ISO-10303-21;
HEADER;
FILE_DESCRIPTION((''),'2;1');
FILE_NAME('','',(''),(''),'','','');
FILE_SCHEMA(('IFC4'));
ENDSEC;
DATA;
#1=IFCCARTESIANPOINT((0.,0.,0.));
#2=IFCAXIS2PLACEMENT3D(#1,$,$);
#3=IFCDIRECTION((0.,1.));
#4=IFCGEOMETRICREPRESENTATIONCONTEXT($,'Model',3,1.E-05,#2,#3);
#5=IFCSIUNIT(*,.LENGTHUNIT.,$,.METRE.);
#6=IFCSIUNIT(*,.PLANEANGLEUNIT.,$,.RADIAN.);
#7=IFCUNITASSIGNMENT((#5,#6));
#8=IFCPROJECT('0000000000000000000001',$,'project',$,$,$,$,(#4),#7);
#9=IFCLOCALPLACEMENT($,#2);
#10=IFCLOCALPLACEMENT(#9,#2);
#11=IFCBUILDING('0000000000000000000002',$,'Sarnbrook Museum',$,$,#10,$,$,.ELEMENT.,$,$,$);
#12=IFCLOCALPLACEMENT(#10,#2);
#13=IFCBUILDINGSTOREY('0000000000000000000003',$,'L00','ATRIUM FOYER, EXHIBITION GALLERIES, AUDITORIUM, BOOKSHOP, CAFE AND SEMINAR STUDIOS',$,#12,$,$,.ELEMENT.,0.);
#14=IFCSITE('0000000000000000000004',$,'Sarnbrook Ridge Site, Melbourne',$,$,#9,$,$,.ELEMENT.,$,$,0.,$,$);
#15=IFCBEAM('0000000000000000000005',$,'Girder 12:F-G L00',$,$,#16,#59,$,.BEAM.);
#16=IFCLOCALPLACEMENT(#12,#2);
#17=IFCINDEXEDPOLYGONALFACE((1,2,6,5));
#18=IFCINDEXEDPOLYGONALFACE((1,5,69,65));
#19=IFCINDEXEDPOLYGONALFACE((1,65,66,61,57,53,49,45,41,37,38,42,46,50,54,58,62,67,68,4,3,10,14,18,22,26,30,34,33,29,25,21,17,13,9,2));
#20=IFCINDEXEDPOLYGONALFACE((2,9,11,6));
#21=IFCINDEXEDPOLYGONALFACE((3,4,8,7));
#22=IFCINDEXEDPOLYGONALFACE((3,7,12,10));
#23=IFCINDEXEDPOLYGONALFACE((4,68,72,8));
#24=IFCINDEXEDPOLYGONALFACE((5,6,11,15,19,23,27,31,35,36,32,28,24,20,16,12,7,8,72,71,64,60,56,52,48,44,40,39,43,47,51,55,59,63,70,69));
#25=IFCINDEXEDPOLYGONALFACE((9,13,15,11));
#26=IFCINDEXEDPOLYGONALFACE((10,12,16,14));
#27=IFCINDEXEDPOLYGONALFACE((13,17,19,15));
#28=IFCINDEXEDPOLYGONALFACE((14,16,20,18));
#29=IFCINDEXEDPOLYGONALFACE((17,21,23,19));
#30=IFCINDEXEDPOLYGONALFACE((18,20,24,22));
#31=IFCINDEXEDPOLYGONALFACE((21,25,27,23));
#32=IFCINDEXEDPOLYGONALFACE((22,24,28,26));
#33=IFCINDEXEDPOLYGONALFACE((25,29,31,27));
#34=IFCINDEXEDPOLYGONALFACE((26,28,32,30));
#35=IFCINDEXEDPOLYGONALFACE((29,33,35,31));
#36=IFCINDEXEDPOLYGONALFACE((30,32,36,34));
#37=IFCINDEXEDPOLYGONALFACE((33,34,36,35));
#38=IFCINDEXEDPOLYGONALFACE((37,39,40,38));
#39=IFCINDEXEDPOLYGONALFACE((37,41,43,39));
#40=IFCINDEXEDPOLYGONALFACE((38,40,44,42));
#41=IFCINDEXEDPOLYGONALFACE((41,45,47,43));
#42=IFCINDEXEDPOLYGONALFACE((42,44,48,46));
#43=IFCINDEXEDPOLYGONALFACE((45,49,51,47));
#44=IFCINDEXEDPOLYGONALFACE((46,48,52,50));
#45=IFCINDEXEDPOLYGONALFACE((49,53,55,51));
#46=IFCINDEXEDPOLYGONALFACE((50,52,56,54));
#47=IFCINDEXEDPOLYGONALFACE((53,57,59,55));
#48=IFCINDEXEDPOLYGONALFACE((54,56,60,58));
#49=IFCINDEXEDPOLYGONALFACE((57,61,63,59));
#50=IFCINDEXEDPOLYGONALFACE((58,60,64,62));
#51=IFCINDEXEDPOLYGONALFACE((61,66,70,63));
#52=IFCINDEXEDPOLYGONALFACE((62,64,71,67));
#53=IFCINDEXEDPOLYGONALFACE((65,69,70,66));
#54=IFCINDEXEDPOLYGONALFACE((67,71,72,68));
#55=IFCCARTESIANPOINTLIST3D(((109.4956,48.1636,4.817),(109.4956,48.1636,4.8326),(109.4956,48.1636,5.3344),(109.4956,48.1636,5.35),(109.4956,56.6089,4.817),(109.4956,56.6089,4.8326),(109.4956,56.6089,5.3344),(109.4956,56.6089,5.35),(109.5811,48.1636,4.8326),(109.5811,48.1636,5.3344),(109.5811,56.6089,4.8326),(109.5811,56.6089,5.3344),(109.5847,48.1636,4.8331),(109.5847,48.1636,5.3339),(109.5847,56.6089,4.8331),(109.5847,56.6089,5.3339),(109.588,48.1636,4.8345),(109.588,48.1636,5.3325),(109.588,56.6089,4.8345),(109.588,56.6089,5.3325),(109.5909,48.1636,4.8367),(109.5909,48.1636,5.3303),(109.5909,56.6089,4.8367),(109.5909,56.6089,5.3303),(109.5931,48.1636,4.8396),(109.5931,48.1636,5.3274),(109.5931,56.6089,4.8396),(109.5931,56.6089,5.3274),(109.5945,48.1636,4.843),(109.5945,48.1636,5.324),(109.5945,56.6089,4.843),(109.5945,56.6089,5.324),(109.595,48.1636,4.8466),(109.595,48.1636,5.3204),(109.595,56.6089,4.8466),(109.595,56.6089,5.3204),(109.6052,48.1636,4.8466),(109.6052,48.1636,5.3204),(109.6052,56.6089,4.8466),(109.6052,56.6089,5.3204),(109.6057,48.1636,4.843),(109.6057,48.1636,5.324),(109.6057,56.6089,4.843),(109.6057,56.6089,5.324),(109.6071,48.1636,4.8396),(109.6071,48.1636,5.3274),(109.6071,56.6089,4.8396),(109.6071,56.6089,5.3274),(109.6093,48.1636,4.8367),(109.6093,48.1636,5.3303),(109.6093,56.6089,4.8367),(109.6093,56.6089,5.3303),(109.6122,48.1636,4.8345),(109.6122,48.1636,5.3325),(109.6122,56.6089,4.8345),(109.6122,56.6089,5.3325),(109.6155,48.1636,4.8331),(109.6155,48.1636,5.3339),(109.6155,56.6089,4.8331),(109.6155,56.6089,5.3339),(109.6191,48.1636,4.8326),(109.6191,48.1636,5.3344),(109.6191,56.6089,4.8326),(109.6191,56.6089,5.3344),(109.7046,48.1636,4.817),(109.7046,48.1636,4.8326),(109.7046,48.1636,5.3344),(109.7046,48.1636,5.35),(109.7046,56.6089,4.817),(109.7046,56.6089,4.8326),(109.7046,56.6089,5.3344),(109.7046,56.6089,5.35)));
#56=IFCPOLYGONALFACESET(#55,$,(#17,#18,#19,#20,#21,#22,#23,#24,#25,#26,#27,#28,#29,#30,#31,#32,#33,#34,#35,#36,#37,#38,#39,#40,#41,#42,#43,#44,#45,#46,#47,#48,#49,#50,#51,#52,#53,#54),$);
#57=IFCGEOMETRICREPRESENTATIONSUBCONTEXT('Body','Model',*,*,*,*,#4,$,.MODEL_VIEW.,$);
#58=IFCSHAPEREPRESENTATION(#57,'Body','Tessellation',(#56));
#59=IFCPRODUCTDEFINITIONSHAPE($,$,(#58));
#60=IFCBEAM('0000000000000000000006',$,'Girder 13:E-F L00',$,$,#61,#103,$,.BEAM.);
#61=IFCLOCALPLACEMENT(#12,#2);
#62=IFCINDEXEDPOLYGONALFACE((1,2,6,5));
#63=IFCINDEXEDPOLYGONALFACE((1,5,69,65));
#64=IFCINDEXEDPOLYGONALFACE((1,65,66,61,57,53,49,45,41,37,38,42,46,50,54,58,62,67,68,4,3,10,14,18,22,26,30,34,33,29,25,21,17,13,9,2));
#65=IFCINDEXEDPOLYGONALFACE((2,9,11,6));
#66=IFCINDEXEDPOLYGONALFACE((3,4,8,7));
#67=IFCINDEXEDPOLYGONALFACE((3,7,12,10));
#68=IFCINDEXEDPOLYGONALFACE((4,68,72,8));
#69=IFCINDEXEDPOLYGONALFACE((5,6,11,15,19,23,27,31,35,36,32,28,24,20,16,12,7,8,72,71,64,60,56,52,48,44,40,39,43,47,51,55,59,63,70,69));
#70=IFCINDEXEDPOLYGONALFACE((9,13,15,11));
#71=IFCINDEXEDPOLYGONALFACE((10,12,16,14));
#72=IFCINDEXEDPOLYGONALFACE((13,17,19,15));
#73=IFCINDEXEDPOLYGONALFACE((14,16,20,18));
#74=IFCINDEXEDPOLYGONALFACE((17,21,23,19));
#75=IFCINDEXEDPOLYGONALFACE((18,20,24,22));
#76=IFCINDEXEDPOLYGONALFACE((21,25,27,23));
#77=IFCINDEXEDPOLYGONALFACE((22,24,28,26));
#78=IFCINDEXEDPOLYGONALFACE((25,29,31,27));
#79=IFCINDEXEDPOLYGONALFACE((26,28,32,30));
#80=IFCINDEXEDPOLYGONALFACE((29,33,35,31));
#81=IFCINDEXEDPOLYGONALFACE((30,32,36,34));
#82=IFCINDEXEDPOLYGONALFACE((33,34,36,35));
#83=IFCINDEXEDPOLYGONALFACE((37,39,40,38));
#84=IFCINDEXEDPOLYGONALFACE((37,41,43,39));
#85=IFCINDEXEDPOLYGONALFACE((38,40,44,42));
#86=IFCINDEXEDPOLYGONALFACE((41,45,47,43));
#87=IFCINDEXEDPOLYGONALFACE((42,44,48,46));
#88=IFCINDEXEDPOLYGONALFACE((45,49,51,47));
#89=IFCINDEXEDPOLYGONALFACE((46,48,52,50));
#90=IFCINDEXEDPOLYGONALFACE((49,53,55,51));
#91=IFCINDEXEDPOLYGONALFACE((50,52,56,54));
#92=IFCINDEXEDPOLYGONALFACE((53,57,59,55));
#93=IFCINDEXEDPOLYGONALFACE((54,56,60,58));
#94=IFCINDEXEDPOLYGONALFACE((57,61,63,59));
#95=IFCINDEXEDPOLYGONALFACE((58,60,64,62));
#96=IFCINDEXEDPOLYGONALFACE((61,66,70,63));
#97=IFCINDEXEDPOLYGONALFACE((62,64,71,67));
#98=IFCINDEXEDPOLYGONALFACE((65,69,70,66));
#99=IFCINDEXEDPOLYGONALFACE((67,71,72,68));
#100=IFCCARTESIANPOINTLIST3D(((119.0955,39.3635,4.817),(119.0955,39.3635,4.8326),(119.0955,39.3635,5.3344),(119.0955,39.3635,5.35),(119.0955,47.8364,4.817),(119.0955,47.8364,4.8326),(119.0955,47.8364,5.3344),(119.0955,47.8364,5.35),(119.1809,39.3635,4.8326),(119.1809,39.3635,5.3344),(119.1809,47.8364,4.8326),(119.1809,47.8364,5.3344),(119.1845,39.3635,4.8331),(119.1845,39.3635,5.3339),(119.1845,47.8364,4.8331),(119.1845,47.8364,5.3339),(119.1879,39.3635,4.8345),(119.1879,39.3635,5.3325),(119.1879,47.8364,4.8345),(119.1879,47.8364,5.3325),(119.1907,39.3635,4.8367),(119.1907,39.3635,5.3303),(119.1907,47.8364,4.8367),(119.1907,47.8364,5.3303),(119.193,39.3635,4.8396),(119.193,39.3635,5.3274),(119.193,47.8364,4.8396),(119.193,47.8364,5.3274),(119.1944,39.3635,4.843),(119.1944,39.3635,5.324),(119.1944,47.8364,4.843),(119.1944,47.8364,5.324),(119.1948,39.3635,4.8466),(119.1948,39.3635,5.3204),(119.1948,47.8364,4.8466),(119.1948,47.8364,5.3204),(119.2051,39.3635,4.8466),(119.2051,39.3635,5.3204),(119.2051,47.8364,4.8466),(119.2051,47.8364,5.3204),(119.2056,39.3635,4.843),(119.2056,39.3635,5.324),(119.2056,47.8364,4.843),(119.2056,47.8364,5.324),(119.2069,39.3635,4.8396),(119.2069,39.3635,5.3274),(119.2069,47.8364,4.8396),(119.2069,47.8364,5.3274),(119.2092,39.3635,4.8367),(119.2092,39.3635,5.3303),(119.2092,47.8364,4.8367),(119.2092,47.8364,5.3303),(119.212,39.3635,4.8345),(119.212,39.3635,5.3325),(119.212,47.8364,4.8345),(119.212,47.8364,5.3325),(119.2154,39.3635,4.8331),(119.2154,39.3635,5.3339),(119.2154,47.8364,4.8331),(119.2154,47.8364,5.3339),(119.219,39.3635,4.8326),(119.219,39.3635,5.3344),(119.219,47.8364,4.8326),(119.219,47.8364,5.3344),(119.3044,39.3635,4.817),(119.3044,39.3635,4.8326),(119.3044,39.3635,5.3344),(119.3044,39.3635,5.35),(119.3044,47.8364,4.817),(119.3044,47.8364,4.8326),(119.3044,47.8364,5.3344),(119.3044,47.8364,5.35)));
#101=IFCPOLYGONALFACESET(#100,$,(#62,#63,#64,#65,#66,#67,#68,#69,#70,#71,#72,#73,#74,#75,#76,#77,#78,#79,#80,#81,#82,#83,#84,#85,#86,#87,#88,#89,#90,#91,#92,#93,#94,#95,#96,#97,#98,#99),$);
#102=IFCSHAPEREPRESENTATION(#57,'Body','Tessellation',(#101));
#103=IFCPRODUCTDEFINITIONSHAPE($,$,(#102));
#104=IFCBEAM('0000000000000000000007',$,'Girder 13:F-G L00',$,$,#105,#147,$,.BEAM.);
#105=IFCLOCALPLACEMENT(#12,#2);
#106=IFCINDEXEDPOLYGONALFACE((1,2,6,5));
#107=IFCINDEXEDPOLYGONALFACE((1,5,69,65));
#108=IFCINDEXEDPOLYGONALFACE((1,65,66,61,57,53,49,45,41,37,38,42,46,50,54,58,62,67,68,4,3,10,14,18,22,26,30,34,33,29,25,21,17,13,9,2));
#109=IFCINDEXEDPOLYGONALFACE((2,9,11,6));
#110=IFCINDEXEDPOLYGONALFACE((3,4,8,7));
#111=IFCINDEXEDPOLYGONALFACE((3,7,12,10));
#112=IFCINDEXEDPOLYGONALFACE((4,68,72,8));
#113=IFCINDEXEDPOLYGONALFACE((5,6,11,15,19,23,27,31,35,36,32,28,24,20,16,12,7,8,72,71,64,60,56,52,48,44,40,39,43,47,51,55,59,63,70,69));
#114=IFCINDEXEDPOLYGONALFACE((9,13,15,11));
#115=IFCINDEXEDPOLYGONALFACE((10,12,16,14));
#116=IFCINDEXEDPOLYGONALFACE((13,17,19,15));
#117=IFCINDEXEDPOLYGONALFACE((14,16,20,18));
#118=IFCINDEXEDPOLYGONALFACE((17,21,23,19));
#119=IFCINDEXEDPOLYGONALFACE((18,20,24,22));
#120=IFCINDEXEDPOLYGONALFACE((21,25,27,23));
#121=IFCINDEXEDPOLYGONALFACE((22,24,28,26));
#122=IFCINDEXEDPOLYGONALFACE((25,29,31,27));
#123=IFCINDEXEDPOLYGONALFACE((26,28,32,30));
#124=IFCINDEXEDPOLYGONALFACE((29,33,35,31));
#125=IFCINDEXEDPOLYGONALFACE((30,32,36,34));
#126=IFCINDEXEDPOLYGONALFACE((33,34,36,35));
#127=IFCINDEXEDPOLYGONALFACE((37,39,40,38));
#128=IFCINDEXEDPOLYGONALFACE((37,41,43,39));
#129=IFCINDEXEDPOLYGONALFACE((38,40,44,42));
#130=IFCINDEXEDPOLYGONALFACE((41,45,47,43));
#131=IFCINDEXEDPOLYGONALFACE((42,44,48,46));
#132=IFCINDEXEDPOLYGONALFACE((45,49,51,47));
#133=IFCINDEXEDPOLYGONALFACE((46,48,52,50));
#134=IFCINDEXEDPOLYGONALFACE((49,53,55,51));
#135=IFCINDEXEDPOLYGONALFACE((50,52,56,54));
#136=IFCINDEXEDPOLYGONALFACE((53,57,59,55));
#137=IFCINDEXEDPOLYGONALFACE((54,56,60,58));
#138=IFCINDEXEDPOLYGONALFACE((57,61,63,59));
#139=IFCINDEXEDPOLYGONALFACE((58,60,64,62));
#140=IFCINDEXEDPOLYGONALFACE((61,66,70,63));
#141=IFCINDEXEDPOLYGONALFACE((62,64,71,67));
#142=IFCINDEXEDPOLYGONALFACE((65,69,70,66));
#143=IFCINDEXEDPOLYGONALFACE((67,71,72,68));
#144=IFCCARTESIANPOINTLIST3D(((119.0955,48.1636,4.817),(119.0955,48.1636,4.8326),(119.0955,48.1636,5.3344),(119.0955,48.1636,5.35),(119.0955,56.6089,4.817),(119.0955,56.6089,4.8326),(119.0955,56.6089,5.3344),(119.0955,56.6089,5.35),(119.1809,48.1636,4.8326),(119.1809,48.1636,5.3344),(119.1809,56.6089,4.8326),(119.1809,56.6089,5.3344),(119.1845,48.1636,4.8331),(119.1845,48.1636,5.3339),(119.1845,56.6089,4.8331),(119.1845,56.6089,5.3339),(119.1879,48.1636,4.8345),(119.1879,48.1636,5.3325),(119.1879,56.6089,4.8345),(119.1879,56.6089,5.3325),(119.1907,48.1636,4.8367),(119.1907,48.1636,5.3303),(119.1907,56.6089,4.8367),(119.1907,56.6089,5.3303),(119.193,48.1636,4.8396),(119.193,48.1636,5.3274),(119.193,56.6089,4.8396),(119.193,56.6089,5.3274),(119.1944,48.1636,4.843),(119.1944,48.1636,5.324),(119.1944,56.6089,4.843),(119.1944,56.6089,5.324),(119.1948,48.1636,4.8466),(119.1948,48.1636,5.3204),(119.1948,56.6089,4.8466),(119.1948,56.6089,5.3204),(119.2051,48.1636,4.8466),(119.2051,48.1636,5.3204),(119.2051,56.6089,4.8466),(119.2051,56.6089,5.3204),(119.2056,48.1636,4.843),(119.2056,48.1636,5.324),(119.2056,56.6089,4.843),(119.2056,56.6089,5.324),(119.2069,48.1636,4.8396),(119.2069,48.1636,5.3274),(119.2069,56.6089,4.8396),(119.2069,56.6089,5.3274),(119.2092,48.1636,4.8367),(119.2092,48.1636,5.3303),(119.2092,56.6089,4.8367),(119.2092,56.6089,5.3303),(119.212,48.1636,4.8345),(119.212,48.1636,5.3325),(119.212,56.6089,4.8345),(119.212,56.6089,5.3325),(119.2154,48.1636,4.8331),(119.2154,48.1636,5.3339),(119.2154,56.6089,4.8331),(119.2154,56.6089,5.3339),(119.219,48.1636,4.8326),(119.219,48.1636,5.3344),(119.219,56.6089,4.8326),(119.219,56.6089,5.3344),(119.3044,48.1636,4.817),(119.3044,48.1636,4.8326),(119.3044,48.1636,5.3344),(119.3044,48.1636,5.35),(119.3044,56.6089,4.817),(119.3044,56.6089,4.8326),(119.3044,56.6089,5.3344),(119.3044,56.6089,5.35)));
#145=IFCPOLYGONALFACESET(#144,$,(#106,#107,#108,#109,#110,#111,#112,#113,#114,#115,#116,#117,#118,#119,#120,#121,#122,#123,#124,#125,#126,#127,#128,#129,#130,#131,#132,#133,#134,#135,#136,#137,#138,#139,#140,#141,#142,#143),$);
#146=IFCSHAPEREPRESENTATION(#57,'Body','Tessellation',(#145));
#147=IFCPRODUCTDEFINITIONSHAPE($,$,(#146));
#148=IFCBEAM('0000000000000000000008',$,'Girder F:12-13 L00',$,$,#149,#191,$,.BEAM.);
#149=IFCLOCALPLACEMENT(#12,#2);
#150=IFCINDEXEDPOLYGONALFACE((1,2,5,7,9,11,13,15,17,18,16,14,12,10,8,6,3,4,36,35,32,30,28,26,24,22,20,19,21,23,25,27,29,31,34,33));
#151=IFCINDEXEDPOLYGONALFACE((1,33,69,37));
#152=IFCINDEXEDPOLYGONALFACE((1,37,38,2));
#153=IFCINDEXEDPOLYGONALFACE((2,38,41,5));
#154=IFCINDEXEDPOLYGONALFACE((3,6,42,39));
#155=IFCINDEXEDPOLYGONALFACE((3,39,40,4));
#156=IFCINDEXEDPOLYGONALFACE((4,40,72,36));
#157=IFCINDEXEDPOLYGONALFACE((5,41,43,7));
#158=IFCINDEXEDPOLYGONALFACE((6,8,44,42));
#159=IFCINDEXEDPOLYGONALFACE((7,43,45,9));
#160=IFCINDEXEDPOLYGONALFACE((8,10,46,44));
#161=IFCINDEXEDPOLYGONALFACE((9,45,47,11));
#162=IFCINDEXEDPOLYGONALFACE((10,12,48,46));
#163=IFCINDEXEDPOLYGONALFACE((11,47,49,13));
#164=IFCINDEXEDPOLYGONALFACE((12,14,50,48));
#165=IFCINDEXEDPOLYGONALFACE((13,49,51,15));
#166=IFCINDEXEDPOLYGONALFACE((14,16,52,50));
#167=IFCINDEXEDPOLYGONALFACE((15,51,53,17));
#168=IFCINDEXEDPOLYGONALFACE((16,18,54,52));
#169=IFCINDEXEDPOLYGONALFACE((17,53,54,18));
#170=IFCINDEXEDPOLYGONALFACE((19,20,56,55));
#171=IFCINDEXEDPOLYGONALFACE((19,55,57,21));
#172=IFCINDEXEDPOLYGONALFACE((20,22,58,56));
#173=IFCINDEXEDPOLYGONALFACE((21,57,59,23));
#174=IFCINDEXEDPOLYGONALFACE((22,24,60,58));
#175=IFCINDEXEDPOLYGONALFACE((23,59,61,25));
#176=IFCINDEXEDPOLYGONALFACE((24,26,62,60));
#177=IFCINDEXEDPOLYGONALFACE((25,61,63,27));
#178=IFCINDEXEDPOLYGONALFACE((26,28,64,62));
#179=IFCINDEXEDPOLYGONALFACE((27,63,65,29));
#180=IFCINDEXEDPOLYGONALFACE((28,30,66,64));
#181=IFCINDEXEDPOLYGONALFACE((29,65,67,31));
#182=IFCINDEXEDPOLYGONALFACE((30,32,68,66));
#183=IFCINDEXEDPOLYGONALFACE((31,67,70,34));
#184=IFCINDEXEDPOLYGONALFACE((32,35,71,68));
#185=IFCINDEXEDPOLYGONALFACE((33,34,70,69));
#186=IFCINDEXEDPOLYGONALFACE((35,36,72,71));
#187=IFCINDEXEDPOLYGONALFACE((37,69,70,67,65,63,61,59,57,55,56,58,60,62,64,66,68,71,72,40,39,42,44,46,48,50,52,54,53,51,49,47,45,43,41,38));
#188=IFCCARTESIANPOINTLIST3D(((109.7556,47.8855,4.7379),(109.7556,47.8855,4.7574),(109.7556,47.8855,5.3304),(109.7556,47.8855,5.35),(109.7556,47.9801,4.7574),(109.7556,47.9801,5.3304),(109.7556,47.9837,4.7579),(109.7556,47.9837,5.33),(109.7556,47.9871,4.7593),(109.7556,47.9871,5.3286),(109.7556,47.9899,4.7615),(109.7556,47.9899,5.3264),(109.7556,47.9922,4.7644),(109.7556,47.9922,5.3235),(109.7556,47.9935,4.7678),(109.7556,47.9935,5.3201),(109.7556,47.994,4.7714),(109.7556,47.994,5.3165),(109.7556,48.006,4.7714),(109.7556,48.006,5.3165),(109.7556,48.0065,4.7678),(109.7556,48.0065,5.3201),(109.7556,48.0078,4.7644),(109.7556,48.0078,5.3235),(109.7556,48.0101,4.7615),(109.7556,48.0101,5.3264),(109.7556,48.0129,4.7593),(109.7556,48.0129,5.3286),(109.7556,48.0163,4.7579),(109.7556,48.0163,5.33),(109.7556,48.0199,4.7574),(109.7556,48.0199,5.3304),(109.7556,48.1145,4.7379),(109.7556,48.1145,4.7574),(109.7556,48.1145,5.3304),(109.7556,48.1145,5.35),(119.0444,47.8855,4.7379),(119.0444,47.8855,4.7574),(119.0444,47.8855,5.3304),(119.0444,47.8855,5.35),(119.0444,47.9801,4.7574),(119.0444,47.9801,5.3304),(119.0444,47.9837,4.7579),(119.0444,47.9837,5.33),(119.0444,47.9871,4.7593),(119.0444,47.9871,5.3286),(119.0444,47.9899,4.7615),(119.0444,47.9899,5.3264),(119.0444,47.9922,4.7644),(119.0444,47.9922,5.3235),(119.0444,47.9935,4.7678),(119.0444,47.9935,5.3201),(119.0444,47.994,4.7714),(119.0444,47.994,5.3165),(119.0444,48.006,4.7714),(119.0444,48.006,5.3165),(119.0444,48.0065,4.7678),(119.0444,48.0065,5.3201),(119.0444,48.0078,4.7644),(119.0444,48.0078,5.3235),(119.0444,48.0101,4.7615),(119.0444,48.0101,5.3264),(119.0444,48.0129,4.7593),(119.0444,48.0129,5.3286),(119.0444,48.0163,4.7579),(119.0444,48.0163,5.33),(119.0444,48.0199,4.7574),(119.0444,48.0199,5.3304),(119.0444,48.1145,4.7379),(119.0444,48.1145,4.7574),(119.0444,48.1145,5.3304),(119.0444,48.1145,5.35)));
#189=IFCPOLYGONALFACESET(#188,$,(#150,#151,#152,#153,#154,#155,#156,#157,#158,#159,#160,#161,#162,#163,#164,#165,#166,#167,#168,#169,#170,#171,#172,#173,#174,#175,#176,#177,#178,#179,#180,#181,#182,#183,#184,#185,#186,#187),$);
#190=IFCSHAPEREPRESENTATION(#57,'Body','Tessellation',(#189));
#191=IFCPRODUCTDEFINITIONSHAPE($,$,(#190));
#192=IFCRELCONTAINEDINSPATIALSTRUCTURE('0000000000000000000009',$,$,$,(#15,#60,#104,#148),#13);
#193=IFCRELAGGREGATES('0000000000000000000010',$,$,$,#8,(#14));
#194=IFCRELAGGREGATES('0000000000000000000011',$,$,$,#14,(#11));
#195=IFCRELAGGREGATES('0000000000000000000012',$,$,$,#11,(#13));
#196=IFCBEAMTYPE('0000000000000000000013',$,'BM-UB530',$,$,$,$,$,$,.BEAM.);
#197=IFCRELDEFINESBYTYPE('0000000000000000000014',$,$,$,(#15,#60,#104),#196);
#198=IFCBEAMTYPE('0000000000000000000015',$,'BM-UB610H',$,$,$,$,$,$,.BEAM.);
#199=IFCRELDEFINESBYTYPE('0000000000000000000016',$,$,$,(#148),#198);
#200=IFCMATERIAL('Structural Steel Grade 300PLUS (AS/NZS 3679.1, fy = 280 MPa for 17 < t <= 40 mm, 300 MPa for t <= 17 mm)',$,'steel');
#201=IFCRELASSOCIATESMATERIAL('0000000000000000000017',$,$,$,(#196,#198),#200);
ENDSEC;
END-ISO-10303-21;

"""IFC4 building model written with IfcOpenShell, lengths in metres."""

from ifc_helpers import new_model, si_unit, direction, frame, origin, origin_2d, place, context, subcontext, project, spatial, i_section, extrude, material, material_profile, profile_set, type_object, element, save


model = new_model("IFC4")

# Units and contexts
model_context = context("Model", 3, precision=1e-05, world=origin(), true_north=direction((0.0, 1.0)))
body_context = subcontext(model_context, "Body", "Model", "MODEL_VIEW")
ifc_project = project(units=[si_unit("LENGTHUNIT", "METRE"), si_unit("PLANEANGLEUNIT", "RADIAN")], contexts=[model_context])

# Site, building, storey
site_placement = place(None, origin())
site = spatial("IfcSite", under=ifc_project, at=site_placement, Name="Sarnbrook Ridge Site, Melbourne", CompositionType="ELEMENT", RefElevation=0.0)
building_placement = place(site_placement, origin())
building = spatial("IfcBuilding", under=site, at=building_placement, Name="Sarnbrook Museum", CompositionType="ELEMENT")
storey_placement = place(building_placement, origin())
storey = spatial("IfcBuildingStorey", under=building, at=storey_placement, Name="L00", Description="ATRIUM FOYER, EXHIBITION GALLERIES, AUDITORIUM, BOOKSHOP, CAFE AND SEMINAR STUDIOS", CompositionType="ELEMENT", Elevation=0.0)

# Shared definitions
ifc_material_1 = material(Name="Structural Steel Grade 300PLUS (AS/NZS 3679.1, fy = 280 MPa for 17 < t <= 40 mm, 300 MPa for t <= 17 mm)", Category="steel")

# Beams
ifc_material_profile_1 = material_profile(ifc_material_1, i_section(OverallWidth=0.209, OverallDepth=0.533, WebThickness=0.0103, FlangeThickness=0.0156, FilletRadius=0.0139, at=origin_2d()), Name="530UB92.4")
ifc_profile_set_1 = profile_set([ifc_material_profile_1], Name="Structural Steel Grade 300PLUS (AS/NZS 3679.1, fy = 280 MPa for 17 < t <= 40 mm, 300 MPa for t <= 17 mm)")
beam_type_1 = type_object("IfcBeamType", Name="BM-UB530", PredefinedType="BEAM", material=ifc_profile_set_1)
beam_1_placement = place(storey_placement, frame((109.6001, 48.1636, 5.0835), z_axis=(0.0, 1.0, 0.0), x_axis=(-1.0, 0.0, 0.0)))
element("IfcBeam", 1, at=beam_1_placement, inside=storey, type_object=beam_type_1, Name="Girder 12:F-G L00", PredefinedType="BEAM", context=body_context, shape_type="SweptSolid", body=[
    extrude(i_section(OverallWidth=0.209, OverallDepth=0.533, WebThickness=0.0103, FlangeThickness=0.0156, FilletRadius=0.0139, at=origin_2d()), origin(), (0.0, 0.0, 1.0), 8.4453),
])
beam_2_placement = place(storey_placement, frame((119.2, 39.3635, 5.0835), z_axis=(0.0, 1.0, 0.0), x_axis=(-1.0, 0.0, 0.0)))
element("IfcBeam", 2, at=beam_2_placement, inside=storey, type_object=beam_type_1, Name="Girder 13:E-F L00", PredefinedType="BEAM", context=body_context, shape_type="SweptSolid", body=[
    extrude(i_section(OverallWidth=0.209, OverallDepth=0.533, WebThickness=0.0103, FlangeThickness=0.0156, FilletRadius=0.0139, at=origin_2d()), origin(), (0.0, 0.0, 1.0), 8.4729),
])
beam_3_placement = place(storey_placement, frame((119.2, 48.1636, 5.0835), z_axis=(0.0, 1.0, 0.0), x_axis=(-1.0, 0.0, 0.0)))
element("IfcBeam", 3, at=beam_3_placement, inside=storey, type_object=beam_type_1, Name="Girder 13:F-G L00", PredefinedType="BEAM", context=body_context, shape_type="SweptSolid", body=[
    extrude(i_section(OverallWidth=0.209, OverallDepth=0.533, WebThickness=0.0103, FlangeThickness=0.0156, FilletRadius=0.0139, at=origin_2d()), origin(), (0.0, 0.0, 1.0), 8.4453),
])
ifc_material_profile_2 = material_profile(ifc_material_1, i_section(OverallWidth=0.229, OverallDepth=0.6121, WebThickness=0.012, FlangeThickness=0.0195, FilletRadius=0.0139, at=origin_2d()), Name="610UB125")
ifc_profile_set_2 = profile_set([ifc_material_profile_2], Name="Structural Steel Grade 300PLUS (AS/NZS 3679.1, fy = 280 MPa for 17 < t <= 40 mm, 300 MPa for t <= 17 mm)")
beam_type_2 = type_object("IfcBeamType", Name="BM-UB610H", PredefinedType="BEAM", material=ifc_profile_set_2)
beam_4_placement = place(storey_placement, frame((109.7556, 48.0, 5.0439), z_axis=(1.0, 0.0, 0.0), x_axis=(0.0, 1.0, 0.0)))
element("IfcBeam", 4, at=beam_4_placement, inside=storey, type_object=beam_type_2, Name="Girder F:12-13 L00", PredefinedType="BEAM", context=body_context, shape_type="SweptSolid", body=[
    extrude(i_section(OverallWidth=0.229, OverallDepth=0.6121, WebThickness=0.012, FlangeThickness=0.0195, FilletRadius=0.0139, at=origin_2d()), origin(), (0.0, 0.0, 1.0), 9.2888),
])

save(model, "model.ifc")
